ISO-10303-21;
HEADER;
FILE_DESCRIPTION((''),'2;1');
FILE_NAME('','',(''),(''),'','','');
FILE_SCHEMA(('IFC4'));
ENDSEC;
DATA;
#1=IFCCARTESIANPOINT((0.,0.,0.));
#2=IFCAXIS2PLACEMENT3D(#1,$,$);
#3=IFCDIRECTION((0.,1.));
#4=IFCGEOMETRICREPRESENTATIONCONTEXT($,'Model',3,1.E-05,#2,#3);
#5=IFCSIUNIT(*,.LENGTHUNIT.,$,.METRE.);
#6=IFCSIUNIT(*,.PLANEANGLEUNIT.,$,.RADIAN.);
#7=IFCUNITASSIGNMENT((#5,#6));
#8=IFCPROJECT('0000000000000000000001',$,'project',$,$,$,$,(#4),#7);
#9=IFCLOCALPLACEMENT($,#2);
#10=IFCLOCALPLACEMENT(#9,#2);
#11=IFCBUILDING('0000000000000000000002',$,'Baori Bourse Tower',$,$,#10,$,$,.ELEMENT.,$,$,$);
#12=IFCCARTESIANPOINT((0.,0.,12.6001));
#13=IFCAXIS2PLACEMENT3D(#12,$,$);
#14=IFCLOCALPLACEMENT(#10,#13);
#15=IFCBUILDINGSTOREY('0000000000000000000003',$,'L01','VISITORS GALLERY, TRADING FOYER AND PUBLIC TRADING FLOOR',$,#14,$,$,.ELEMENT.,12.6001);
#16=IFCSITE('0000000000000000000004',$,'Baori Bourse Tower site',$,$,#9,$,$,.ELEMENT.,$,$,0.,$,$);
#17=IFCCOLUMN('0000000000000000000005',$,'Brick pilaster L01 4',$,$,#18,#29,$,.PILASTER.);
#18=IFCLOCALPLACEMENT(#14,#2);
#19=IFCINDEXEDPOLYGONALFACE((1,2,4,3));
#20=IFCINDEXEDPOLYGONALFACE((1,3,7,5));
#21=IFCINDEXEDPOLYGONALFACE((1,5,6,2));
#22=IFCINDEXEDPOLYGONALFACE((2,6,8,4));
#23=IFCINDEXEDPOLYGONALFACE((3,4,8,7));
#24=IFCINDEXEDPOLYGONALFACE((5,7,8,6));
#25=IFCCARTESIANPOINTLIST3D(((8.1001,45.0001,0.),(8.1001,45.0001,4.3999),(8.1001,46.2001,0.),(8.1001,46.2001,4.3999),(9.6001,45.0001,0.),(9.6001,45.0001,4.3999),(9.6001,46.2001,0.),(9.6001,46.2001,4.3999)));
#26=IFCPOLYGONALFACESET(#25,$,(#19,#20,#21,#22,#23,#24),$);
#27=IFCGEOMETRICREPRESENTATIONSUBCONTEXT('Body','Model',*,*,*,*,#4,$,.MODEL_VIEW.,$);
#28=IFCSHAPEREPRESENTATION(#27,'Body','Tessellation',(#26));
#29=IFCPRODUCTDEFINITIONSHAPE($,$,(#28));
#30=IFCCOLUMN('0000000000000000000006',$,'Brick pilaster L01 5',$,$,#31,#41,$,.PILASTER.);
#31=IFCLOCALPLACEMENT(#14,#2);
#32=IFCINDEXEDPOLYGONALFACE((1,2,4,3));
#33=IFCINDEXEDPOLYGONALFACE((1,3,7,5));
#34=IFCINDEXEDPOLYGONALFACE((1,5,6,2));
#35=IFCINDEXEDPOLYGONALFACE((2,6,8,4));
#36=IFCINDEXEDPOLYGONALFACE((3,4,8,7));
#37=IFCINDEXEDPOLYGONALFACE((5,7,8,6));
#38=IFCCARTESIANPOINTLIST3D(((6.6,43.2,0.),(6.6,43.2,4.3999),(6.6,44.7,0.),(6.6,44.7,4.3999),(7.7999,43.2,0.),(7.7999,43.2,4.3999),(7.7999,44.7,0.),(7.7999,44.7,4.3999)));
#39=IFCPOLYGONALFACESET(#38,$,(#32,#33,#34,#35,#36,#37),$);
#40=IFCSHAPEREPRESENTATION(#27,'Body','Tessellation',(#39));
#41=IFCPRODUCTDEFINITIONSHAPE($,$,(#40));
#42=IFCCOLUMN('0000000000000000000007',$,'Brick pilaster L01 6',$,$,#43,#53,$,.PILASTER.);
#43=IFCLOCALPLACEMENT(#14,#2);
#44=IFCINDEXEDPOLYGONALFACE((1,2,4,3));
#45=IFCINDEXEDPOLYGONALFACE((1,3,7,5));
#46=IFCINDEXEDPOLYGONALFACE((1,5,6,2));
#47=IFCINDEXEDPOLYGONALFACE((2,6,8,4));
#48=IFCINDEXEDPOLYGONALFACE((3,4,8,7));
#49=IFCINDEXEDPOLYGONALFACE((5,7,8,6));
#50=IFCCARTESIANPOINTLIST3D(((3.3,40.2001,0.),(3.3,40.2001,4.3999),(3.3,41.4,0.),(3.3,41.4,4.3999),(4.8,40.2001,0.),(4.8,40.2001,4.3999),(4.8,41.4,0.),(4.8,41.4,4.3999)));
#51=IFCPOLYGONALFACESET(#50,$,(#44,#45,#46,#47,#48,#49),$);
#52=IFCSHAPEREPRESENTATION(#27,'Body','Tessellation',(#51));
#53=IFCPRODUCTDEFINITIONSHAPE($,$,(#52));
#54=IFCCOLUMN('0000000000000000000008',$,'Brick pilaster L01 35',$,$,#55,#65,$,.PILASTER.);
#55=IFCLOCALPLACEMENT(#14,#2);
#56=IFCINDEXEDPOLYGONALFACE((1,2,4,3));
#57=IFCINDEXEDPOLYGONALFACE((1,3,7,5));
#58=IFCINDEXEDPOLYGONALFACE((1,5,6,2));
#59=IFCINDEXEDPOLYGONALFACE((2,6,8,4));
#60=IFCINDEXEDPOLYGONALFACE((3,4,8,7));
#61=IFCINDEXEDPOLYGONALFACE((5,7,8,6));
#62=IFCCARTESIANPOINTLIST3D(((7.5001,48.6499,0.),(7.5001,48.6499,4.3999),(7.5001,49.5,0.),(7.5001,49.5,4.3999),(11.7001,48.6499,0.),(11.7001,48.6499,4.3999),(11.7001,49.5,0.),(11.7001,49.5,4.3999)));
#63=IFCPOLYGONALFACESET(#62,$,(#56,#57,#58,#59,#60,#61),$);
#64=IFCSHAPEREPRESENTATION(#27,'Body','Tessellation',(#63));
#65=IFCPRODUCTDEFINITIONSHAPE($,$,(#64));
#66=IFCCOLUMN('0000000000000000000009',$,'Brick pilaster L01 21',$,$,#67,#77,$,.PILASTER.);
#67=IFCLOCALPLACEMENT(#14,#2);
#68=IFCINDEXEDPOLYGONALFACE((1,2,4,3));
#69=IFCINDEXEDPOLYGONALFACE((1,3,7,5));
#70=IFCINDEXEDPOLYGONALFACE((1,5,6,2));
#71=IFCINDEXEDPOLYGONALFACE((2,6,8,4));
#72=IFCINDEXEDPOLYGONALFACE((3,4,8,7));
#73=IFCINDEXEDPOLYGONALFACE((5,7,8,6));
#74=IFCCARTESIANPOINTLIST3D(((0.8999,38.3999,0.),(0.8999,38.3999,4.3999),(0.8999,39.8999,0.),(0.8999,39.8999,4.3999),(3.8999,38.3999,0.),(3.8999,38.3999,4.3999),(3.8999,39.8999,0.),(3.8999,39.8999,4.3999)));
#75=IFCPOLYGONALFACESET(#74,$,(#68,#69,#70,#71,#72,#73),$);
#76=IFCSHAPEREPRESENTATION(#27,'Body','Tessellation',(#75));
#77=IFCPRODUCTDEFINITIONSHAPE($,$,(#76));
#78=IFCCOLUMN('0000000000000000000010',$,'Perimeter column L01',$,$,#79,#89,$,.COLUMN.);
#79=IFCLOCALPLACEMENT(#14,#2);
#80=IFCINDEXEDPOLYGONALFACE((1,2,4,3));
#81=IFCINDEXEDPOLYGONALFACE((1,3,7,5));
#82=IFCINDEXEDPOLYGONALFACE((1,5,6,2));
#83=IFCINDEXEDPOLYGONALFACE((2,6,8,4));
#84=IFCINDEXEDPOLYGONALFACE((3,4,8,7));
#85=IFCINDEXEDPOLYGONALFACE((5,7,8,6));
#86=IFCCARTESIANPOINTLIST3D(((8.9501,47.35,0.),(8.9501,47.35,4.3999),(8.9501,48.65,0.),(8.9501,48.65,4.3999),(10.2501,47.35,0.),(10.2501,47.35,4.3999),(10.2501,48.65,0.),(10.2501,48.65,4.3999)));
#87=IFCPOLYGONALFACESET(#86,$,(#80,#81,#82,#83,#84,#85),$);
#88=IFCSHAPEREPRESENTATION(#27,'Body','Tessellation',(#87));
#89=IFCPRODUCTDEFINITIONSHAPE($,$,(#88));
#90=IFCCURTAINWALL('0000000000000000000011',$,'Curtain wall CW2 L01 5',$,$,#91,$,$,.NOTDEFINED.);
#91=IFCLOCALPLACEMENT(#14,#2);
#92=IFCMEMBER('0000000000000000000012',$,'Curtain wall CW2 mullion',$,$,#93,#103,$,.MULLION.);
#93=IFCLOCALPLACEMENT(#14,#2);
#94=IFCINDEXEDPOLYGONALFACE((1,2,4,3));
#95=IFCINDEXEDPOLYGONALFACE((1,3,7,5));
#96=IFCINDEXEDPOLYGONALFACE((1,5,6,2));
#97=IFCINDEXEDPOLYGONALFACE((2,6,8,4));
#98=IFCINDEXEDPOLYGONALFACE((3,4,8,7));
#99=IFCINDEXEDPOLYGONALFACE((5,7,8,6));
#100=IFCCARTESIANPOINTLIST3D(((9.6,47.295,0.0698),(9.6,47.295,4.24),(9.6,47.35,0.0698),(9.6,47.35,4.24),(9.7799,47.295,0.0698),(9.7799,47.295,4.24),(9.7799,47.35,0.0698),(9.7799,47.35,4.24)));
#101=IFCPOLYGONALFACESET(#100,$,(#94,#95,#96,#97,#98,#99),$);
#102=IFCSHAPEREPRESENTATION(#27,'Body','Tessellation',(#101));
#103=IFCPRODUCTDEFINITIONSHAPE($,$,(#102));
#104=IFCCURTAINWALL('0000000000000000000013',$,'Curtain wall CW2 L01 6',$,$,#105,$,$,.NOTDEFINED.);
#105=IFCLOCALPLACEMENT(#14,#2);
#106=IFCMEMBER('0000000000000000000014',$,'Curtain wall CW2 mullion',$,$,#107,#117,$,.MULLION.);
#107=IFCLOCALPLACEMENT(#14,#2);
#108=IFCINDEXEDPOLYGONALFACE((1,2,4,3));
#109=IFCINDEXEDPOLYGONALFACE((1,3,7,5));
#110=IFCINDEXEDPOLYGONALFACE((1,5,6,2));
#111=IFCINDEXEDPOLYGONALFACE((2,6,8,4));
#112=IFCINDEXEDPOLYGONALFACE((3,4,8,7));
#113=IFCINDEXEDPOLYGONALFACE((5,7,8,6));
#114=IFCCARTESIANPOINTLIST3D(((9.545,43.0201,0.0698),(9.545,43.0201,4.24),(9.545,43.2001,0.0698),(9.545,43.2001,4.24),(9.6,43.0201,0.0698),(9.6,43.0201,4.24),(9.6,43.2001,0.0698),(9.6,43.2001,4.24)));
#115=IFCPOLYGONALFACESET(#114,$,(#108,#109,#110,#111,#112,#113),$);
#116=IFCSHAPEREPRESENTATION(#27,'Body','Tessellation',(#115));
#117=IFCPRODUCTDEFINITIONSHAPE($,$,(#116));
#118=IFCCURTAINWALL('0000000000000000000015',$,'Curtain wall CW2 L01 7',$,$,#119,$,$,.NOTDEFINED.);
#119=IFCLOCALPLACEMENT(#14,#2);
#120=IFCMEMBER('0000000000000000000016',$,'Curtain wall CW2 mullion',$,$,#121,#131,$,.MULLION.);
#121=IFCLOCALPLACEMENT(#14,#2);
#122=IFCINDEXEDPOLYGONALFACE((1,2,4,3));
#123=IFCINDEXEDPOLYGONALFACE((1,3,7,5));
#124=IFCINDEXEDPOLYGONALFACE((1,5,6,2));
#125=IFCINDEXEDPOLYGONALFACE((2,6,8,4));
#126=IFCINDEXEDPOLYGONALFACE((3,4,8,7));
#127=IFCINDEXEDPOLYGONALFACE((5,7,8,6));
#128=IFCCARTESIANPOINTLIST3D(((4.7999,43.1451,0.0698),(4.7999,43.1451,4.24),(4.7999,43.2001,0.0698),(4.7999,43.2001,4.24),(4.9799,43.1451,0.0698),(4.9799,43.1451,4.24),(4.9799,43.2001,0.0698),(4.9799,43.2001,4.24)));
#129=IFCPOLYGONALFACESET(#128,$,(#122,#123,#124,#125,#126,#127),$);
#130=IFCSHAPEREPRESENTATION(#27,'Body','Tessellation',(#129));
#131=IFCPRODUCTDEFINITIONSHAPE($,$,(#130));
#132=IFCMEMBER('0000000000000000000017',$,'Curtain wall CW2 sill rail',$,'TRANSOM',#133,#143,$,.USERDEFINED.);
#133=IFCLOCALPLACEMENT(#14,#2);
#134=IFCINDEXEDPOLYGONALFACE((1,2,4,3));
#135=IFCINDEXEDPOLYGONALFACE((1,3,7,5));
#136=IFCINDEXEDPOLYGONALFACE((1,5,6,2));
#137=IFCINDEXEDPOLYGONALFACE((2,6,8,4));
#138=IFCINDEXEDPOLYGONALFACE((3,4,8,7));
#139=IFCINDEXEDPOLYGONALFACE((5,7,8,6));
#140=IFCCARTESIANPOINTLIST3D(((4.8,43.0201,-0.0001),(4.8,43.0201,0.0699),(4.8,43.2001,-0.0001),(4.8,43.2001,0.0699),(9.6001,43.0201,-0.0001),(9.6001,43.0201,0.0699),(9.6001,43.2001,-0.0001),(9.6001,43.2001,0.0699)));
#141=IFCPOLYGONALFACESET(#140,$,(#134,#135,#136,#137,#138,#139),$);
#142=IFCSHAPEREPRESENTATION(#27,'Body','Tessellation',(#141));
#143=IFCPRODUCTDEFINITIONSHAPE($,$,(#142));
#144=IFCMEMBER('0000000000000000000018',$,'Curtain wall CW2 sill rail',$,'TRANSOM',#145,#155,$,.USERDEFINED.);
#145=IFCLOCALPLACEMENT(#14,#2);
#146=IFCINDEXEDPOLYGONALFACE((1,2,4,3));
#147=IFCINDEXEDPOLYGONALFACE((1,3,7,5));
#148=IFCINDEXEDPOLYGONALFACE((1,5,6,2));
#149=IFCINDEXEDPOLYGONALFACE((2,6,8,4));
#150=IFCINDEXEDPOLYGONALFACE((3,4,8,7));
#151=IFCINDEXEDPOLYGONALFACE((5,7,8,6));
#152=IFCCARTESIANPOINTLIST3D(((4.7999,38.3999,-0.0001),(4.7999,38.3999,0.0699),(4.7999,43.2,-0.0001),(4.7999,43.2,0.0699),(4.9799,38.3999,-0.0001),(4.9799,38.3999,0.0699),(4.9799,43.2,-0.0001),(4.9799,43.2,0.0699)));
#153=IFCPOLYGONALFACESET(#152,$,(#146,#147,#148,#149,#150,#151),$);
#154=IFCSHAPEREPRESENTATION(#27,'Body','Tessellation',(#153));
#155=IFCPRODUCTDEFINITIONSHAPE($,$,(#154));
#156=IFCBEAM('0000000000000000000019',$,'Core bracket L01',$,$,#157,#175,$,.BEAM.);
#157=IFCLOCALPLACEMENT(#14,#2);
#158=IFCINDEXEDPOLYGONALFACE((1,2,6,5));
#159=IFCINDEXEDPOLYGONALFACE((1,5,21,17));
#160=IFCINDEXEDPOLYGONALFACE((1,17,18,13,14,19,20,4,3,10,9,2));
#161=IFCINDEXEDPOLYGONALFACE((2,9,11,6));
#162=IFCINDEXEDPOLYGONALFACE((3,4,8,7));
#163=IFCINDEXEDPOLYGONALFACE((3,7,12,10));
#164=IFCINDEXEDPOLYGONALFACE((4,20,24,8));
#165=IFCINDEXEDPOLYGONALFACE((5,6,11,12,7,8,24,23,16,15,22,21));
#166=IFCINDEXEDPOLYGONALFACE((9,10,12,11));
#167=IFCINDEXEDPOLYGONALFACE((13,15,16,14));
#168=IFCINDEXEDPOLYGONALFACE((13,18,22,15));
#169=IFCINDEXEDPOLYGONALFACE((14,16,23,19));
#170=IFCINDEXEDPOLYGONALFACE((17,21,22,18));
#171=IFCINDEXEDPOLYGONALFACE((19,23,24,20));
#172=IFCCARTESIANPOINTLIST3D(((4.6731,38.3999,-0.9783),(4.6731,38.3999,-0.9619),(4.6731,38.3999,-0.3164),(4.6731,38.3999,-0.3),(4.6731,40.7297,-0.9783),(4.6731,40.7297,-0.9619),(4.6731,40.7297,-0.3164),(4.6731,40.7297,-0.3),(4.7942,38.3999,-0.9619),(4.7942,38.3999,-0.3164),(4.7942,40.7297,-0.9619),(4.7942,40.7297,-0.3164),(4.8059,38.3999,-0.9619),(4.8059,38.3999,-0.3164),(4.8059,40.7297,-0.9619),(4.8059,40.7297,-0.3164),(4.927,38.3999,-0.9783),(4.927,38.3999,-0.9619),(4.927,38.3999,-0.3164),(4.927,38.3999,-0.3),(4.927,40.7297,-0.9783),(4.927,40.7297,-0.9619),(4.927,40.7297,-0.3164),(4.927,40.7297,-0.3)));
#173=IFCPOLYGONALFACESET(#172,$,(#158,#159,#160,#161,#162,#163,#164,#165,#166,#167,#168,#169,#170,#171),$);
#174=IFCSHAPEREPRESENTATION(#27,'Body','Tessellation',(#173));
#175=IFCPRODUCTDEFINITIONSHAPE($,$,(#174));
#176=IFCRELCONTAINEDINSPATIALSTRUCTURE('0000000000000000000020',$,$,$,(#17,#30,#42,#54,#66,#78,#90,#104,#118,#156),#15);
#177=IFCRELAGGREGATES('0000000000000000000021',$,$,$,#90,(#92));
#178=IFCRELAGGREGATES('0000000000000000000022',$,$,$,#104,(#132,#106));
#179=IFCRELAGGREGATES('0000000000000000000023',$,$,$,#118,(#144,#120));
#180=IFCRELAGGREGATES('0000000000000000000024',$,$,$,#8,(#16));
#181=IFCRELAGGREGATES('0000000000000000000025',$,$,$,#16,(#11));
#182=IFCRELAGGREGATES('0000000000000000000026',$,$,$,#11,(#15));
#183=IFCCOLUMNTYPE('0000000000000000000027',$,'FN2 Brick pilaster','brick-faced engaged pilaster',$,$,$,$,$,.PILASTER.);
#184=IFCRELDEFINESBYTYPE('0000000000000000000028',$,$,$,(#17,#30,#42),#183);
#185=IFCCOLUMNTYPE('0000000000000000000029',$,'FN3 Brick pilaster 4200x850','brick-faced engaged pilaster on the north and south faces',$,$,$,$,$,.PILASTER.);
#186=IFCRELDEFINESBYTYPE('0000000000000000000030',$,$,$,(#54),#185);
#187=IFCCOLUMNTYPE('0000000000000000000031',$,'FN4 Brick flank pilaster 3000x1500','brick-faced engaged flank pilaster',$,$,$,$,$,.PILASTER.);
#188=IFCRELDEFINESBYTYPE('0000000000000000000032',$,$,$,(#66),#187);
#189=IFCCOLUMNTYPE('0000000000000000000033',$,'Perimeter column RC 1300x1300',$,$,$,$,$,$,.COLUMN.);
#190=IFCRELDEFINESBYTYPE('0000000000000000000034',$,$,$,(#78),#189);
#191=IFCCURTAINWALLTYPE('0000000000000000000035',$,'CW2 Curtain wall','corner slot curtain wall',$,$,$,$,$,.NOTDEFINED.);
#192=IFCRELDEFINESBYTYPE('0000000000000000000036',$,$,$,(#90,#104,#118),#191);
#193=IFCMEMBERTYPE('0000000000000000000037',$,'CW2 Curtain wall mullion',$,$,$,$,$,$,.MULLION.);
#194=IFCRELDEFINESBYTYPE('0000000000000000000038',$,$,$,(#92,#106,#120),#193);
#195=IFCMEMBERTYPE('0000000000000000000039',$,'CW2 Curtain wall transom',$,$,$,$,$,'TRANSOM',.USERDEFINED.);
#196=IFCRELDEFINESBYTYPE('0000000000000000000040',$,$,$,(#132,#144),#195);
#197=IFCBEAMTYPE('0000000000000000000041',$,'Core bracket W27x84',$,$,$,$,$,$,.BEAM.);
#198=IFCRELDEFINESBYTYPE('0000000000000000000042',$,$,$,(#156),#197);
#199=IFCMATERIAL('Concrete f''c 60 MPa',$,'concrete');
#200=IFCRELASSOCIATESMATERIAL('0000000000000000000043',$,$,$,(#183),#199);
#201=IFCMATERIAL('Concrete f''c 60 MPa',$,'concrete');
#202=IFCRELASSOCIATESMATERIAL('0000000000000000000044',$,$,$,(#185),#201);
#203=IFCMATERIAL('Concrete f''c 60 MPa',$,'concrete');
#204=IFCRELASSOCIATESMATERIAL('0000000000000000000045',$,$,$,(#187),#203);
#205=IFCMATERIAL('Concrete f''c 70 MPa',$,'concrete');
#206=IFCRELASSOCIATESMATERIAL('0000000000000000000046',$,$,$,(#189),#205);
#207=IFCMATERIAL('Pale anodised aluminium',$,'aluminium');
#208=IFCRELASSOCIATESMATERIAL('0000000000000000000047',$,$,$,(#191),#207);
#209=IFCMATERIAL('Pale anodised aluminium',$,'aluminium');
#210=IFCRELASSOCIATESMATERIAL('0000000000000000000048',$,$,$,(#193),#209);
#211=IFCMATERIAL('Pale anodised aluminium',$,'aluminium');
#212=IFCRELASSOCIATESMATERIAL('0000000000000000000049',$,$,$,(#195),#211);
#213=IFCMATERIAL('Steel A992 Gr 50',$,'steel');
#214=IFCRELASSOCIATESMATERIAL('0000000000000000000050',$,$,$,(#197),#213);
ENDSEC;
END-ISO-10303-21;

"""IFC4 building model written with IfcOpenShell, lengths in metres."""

from ifc_helpers import new_model, si_unit, direction, frame, origin, origin_2d, place, context, subcontext, project, spatial, rectangle, i_section, extrude, material, material_profile, profile_set, type_object, element, aggregate, save


model = new_model("IFC4")

# Units and contexts
model_context = context("Model", 3, precision=1e-05, world=origin(), true_north=direction((0.0, 1.0)))
body_context = subcontext(model_context, "Body", "Model", "MODEL_VIEW")
ifc_project = project(units=[si_unit("LENGTHUNIT", "METRE"), si_unit("PLANEANGLEUNIT", "RADIAN")], contexts=[model_context])

# Site, building, storey
site_placement = place(None, origin())
site = spatial("IfcSite", under=ifc_project, at=site_placement, Name="Baori Bourse Tower site", CompositionType="ELEMENT", RefElevation=0.0)
building_placement = place(site_placement, origin())
building = spatial("IfcBuilding", under=site, at=building_placement, Name="Baori Bourse Tower", CompositionType="ELEMENT")
storey_placement = place(building_placement, frame((0.0, 0.0, 12.6001)))
storey = spatial("IfcBuildingStorey", under=building, at=storey_placement, Name="L01", Description="VISITORS GALLERY, TRADING FOYER AND PUBLIC TRADING FLOOR", CompositionType="ELEMENT", Elevation=12.6001)

# Columns
ifc_material_1 = material(Name="Concrete f'c 60 MPa", Category="concrete")
ifc_material_profile_1 = material_profile(ifc_material_1, rectangle(XDim=1.2, YDim=1.5, at=origin_2d()), Name="RC 1200x1500")
ifc_profile_set_1 = profile_set([ifc_material_profile_1], Name="Concrete f'c 60 MPa")
column_type_1 = type_object("IfcColumnType", Name="FN2 Brick pilaster", Description="brick-faced engaged pilaster", PredefinedType="PILASTER", material=ifc_profile_set_1)
for number, where, z_axis, x_axis, name in (
    (1, (8.8501, 45.6001, 0.0), (0.0, 0.0, 1.0), (0.0, 1.0, 0.0), "Brick pilaster L01 4"),
    (2, (7.2, 43.95, 0.0), (0.0, 0.0, 1.0), (1.0, 0.0, 0.0), "Brick pilaster L01 5"),
    (3, (4.05, 40.8, 0.0), (0.0, 0.0, 1.0), (0.0, 1.0, 0.0), "Brick pilaster L01 6"),
):
    element("IfcColumn", number, at=place(storey_placement, frame(where, z_axis=z_axis, x_axis=x_axis)), inside=storey, type_object=column_type_1, Name=name, PredefinedType="PILASTER", context=body_context, shape_type="SweptSolid", body=[
        extrude(rectangle(XDim=1.2, YDim=1.5, at=origin_2d()), origin(), (0.0, 0.0, 1.0), 4.3999),
    ])
ifc_material_2 = material(Name="Concrete f'c 60 MPa", Category="concrete")
ifc_material_profile_2 = material_profile(ifc_material_2, rectangle(XDim=4.2, YDim=0.8501, at=origin_2d()), Name="RC 4200x850")
ifc_profile_set_2 = profile_set([ifc_material_profile_2], Name="Concrete f'c 60 MPa")
column_type_2 = type_object("IfcColumnType", Name="FN3 Brick pilaster 4200x850", Description="brick-faced engaged pilaster on the north and south faces", PredefinedType="PILASTER", material=ifc_profile_set_2)
column_1_placement = place(storey_placement, frame((9.6001, 49.075, 0.0), z_axis=(0.0, 0.0, 1.0), x_axis=(1.0, 0.0, 0.0)))
element("IfcColumn", 4, at=column_1_placement, inside=storey, type_object=column_type_2, Name="Brick pilaster L01 35", PredefinedType="PILASTER", context=body_context, shape_type="SweptSolid", body=[
    extrude(rectangle(XDim=4.2, YDim=0.8501, at=origin_2d()), origin(), (0.0, 0.0, 1.0), 4.3999),
])
ifc_material_3 = material(Name="Concrete f'c 60 MPa", Category="concrete")
ifc_material_profile_3 = material_profile(ifc_material_3, rectangle(XDim=3.0, YDim=1.5, at=origin_2d()), Name="RC 3000x1500")
ifc_profile_set_3 = profile_set([ifc_material_profile_3], Name="Concrete f'c 60 MPa")
column_type_3 = type_object("IfcColumnType", Name="FN4 Brick flank pilaster 3000x1500", Description="brick-faced engaged flank pilaster", PredefinedType="PILASTER", material=ifc_profile_set_3)
column_2_placement = place(storey_placement, frame((2.3999, 39.1499, 0.0), z_axis=(0.0, 0.0, 1.0), x_axis=(1.0, 0.0, 0.0)))
element("IfcColumn", 5, at=column_2_placement, inside=storey, type_object=column_type_3, Name="Brick pilaster L01 21", PredefinedType="PILASTER", context=body_context, shape_type="SweptSolid", body=[
    extrude(rectangle(XDim=3.0, YDim=1.5, at=origin_2d()), origin(), (0.0, 0.0, 1.0), 4.3999),
])
ifc_material_4 = material(Name="Concrete f'c 70 MPa", Category="concrete")
ifc_material_profile_4 = material_profile(ifc_material_4, rectangle(XDim=1.3, YDim=1.3, at=origin_2d()), Name="RC 1300x1300")
ifc_profile_set_4 = profile_set([ifc_material_profile_4], Name="Concrete f'c 70 MPa")
column_type_4 = type_object("IfcColumnType", Name="Perimeter column RC 1300x1300", PredefinedType="COLUMN", material=ifc_profile_set_4)
column_3_placement = place(storey_placement, frame((9.6001, 48.0, 0.0), z_axis=(0.0, 0.0, 1.0), x_axis=(1.0, 0.0, 0.0)))
element("IfcColumn", 6, at=column_3_placement, inside=storey, type_object=column_type_4, Name="Perimeter column L01", PredefinedType="COLUMN", context=body_context, shape_type="SweptSolid", body=[
    extrude(rectangle(XDim=1.3, YDim=1.3, at=origin_2d()), origin(), (0.0, 0.0, 1.0), 4.3999),
])

# Curtain walls, members
ifc_material_5 = material(Name="Pale anodised aluminium", Category="aluminium")
curtain_wall_type = type_object("IfcCurtainWallType", Name="CW2 Curtain wall", Description="corner slot curtain wall", PredefinedType="NOTDEFINED", material=ifc_material_5)
curtain_wall_1_placement = place(storey_placement, origin())
curtain_wall_1 = element("IfcCurtainWall", 7, at=curtain_wall_1_placement, inside=storey, type_object=curtain_wall_type, Name="Curtain wall CW2 L01 5", PredefinedType="NOTDEFINED")
ifc_material_6 = material(Name="Pale anodised aluminium", Category="aluminium")
ifc_material_profile_5 = material_profile(ifc_material_6, rectangle(XDim=0.1799, YDim=0.0549, at=origin_2d()), Name="Mullion 55x180")
ifc_profile_set_5 = profile_set([ifc_material_profile_5], Name="Pale anodised aluminium")
member_type_1 = type_object("IfcMemberType", Name="CW2 Curtain wall mullion", PredefinedType="MULLION", material=ifc_profile_set_5)
member_1_placement = place(storey_placement, frame((9.6899, 47.3225, 0.0698), z_axis=(0.0, 0.0, 1.0), x_axis=(1.0, 0.0, 0.0)))
member_1 = element("IfcMember", 8, at=member_1_placement, type_object=member_type_1, Name="Curtain wall CW2 mullion", PredefinedType="MULLION", context=body_context, shape_type="SweptSolid", body=[
    extrude(rectangle(XDim=0.1799, YDim=0.0549, at=origin_2d()), origin(), (0.0, 0.0, 1.0), 4.1702),
])
curtain_wall_2_placement = place(storey_placement, origin())
curtain_wall_2 = element("IfcCurtainWall", 9, at=curtain_wall_2_placement, inside=storey, type_object=curtain_wall_type, Name="Curtain wall CW2 L01 6", PredefinedType="NOTDEFINED")
member_2_placement = place(storey_placement, frame((9.5725, 43.1101, 0.0698), z_axis=(0.0, 0.0, 1.0), x_axis=(0.0, -1.0, 0.0)))
member_2 = element("IfcMember", 10, at=member_2_placement, type_object=member_type_1, Name="Curtain wall CW2 mullion", PredefinedType="MULLION", context=body_context, shape_type="SweptSolid", body=[
    extrude(rectangle(XDim=0.1799, YDim=0.0549, at=origin_2d()), origin(), (0.0, 0.0, 1.0), 4.1702),
])
curtain_wall_3_placement = place(storey_placement, origin())
curtain_wall_3 = element("IfcCurtainWall", 11, at=curtain_wall_3_placement, inside=storey, type_object=curtain_wall_type, Name="Curtain wall CW2 L01 7", PredefinedType="NOTDEFINED")
member_3_placement = place(storey_placement, frame((4.8899, 43.1726, 0.0698), z_axis=(0.0, 0.0, 1.0), x_axis=(1.0, 0.0, 0.0)))
member_3 = element("IfcMember", 12, at=member_3_placement, type_object=member_type_1, Name="Curtain wall CW2 mullion", PredefinedType="MULLION", context=body_context, shape_type="SweptSolid", body=[
    extrude(rectangle(XDim=0.1799, YDim=0.0549, at=origin_2d()), origin(), (0.0, 0.0, 1.0), 4.1702),
])

# Members
ifc_material_7 = material(Name="Pale anodised aluminium", Category="aluminium")
ifc_material_profile_6 = material_profile(ifc_material_7, rectangle(XDim=0.1799, YDim=0.0701, at=origin_2d()), Name="Transom 70x180")
ifc_profile_set_6 = profile_set([ifc_material_profile_6], Name="Pale anodised aluminium")
member_type_2 = type_object("IfcMemberType", Name="CW2 Curtain wall transom", ElementType="TRANSOM", PredefinedType="USERDEFINED", material=ifc_profile_set_6)
member_4_placement = place(storey_placement, frame((9.6001, 43.1101, 0.0349), z_axis=(-1.0, 0.0, 0.0), x_axis=(0.0, -1.0, 0.0)))
member_4 = element("IfcMember", 13, at=member_4_placement, type_object=member_type_2, Name="Curtain wall CW2 sill rail", ObjectType="TRANSOM", PredefinedType="USERDEFINED", context=body_context, shape_type="SweptSolid", body=[
    extrude(rectangle(XDim=0.1799, YDim=0.0701, at=origin_2d()), origin(), (0.0, 0.0, 1.0), 4.8),
])
member_5_placement = place(storey_placement, frame((4.8899, 43.2, 0.0349), z_axis=(0.0, -1.0, 0.0), x_axis=(1.0, 0.0, 0.0)))
member_5 = element("IfcMember", 14, at=member_5_placement, type_object=member_type_2, Name="Curtain wall CW2 sill rail", ObjectType="TRANSOM", PredefinedType="USERDEFINED", context=body_context, shape_type="SweptSolid", body=[
    extrude(rectangle(XDim=0.1799, YDim=0.0701, at=origin_2d()), origin(), (0.0, 0.0, 1.0), 4.8),
])

# Beam
ifc_material_8 = material(Name="Steel A992 Gr 50", Category="steel")
ifc_material_profile_7 = material_profile(ifc_material_8, i_section(OverallWidth=0.2539, OverallDepth=0.6782, WebThickness=0.0117, FlangeThickness=0.0164, at=origin_2d()), Name="W27x84")
ifc_profile_set_7 = profile_set([ifc_material_profile_7], Name="Steel A992 Gr 50")
beam_type_1 = type_object("IfcBeamType", Name="Core bracket W27x84", PredefinedType="BEAM", material=ifc_profile_set_7)
beam_1_placement = place(storey_placement, frame((4.8, 38.3999, -0.6392), z_axis=(0.0, 1.0, 0.0), x_axis=(-1.0, 0.0, 0.0)))
element("IfcBeam", 15, at=beam_1_placement, inside=storey, type_object=beam_type_1, Name="Core bracket L01", PredefinedType="BEAM", context=body_context, shape_type="SweptSolid", body=[
    extrude(i_section(OverallWidth=0.2539, OverallDepth=0.6782, WebThickness=0.0117, FlangeThickness=0.0164, at=origin_2d()), origin(), (0.0, 0.0, 1.0), 2.3298),
])

aggregate(curtain_wall_1, [member_1])
aggregate(curtain_wall_2, [member_4, member_2])
aggregate(curtain_wall_3, [member_5, member_3])

save(model, "model.ifc")
